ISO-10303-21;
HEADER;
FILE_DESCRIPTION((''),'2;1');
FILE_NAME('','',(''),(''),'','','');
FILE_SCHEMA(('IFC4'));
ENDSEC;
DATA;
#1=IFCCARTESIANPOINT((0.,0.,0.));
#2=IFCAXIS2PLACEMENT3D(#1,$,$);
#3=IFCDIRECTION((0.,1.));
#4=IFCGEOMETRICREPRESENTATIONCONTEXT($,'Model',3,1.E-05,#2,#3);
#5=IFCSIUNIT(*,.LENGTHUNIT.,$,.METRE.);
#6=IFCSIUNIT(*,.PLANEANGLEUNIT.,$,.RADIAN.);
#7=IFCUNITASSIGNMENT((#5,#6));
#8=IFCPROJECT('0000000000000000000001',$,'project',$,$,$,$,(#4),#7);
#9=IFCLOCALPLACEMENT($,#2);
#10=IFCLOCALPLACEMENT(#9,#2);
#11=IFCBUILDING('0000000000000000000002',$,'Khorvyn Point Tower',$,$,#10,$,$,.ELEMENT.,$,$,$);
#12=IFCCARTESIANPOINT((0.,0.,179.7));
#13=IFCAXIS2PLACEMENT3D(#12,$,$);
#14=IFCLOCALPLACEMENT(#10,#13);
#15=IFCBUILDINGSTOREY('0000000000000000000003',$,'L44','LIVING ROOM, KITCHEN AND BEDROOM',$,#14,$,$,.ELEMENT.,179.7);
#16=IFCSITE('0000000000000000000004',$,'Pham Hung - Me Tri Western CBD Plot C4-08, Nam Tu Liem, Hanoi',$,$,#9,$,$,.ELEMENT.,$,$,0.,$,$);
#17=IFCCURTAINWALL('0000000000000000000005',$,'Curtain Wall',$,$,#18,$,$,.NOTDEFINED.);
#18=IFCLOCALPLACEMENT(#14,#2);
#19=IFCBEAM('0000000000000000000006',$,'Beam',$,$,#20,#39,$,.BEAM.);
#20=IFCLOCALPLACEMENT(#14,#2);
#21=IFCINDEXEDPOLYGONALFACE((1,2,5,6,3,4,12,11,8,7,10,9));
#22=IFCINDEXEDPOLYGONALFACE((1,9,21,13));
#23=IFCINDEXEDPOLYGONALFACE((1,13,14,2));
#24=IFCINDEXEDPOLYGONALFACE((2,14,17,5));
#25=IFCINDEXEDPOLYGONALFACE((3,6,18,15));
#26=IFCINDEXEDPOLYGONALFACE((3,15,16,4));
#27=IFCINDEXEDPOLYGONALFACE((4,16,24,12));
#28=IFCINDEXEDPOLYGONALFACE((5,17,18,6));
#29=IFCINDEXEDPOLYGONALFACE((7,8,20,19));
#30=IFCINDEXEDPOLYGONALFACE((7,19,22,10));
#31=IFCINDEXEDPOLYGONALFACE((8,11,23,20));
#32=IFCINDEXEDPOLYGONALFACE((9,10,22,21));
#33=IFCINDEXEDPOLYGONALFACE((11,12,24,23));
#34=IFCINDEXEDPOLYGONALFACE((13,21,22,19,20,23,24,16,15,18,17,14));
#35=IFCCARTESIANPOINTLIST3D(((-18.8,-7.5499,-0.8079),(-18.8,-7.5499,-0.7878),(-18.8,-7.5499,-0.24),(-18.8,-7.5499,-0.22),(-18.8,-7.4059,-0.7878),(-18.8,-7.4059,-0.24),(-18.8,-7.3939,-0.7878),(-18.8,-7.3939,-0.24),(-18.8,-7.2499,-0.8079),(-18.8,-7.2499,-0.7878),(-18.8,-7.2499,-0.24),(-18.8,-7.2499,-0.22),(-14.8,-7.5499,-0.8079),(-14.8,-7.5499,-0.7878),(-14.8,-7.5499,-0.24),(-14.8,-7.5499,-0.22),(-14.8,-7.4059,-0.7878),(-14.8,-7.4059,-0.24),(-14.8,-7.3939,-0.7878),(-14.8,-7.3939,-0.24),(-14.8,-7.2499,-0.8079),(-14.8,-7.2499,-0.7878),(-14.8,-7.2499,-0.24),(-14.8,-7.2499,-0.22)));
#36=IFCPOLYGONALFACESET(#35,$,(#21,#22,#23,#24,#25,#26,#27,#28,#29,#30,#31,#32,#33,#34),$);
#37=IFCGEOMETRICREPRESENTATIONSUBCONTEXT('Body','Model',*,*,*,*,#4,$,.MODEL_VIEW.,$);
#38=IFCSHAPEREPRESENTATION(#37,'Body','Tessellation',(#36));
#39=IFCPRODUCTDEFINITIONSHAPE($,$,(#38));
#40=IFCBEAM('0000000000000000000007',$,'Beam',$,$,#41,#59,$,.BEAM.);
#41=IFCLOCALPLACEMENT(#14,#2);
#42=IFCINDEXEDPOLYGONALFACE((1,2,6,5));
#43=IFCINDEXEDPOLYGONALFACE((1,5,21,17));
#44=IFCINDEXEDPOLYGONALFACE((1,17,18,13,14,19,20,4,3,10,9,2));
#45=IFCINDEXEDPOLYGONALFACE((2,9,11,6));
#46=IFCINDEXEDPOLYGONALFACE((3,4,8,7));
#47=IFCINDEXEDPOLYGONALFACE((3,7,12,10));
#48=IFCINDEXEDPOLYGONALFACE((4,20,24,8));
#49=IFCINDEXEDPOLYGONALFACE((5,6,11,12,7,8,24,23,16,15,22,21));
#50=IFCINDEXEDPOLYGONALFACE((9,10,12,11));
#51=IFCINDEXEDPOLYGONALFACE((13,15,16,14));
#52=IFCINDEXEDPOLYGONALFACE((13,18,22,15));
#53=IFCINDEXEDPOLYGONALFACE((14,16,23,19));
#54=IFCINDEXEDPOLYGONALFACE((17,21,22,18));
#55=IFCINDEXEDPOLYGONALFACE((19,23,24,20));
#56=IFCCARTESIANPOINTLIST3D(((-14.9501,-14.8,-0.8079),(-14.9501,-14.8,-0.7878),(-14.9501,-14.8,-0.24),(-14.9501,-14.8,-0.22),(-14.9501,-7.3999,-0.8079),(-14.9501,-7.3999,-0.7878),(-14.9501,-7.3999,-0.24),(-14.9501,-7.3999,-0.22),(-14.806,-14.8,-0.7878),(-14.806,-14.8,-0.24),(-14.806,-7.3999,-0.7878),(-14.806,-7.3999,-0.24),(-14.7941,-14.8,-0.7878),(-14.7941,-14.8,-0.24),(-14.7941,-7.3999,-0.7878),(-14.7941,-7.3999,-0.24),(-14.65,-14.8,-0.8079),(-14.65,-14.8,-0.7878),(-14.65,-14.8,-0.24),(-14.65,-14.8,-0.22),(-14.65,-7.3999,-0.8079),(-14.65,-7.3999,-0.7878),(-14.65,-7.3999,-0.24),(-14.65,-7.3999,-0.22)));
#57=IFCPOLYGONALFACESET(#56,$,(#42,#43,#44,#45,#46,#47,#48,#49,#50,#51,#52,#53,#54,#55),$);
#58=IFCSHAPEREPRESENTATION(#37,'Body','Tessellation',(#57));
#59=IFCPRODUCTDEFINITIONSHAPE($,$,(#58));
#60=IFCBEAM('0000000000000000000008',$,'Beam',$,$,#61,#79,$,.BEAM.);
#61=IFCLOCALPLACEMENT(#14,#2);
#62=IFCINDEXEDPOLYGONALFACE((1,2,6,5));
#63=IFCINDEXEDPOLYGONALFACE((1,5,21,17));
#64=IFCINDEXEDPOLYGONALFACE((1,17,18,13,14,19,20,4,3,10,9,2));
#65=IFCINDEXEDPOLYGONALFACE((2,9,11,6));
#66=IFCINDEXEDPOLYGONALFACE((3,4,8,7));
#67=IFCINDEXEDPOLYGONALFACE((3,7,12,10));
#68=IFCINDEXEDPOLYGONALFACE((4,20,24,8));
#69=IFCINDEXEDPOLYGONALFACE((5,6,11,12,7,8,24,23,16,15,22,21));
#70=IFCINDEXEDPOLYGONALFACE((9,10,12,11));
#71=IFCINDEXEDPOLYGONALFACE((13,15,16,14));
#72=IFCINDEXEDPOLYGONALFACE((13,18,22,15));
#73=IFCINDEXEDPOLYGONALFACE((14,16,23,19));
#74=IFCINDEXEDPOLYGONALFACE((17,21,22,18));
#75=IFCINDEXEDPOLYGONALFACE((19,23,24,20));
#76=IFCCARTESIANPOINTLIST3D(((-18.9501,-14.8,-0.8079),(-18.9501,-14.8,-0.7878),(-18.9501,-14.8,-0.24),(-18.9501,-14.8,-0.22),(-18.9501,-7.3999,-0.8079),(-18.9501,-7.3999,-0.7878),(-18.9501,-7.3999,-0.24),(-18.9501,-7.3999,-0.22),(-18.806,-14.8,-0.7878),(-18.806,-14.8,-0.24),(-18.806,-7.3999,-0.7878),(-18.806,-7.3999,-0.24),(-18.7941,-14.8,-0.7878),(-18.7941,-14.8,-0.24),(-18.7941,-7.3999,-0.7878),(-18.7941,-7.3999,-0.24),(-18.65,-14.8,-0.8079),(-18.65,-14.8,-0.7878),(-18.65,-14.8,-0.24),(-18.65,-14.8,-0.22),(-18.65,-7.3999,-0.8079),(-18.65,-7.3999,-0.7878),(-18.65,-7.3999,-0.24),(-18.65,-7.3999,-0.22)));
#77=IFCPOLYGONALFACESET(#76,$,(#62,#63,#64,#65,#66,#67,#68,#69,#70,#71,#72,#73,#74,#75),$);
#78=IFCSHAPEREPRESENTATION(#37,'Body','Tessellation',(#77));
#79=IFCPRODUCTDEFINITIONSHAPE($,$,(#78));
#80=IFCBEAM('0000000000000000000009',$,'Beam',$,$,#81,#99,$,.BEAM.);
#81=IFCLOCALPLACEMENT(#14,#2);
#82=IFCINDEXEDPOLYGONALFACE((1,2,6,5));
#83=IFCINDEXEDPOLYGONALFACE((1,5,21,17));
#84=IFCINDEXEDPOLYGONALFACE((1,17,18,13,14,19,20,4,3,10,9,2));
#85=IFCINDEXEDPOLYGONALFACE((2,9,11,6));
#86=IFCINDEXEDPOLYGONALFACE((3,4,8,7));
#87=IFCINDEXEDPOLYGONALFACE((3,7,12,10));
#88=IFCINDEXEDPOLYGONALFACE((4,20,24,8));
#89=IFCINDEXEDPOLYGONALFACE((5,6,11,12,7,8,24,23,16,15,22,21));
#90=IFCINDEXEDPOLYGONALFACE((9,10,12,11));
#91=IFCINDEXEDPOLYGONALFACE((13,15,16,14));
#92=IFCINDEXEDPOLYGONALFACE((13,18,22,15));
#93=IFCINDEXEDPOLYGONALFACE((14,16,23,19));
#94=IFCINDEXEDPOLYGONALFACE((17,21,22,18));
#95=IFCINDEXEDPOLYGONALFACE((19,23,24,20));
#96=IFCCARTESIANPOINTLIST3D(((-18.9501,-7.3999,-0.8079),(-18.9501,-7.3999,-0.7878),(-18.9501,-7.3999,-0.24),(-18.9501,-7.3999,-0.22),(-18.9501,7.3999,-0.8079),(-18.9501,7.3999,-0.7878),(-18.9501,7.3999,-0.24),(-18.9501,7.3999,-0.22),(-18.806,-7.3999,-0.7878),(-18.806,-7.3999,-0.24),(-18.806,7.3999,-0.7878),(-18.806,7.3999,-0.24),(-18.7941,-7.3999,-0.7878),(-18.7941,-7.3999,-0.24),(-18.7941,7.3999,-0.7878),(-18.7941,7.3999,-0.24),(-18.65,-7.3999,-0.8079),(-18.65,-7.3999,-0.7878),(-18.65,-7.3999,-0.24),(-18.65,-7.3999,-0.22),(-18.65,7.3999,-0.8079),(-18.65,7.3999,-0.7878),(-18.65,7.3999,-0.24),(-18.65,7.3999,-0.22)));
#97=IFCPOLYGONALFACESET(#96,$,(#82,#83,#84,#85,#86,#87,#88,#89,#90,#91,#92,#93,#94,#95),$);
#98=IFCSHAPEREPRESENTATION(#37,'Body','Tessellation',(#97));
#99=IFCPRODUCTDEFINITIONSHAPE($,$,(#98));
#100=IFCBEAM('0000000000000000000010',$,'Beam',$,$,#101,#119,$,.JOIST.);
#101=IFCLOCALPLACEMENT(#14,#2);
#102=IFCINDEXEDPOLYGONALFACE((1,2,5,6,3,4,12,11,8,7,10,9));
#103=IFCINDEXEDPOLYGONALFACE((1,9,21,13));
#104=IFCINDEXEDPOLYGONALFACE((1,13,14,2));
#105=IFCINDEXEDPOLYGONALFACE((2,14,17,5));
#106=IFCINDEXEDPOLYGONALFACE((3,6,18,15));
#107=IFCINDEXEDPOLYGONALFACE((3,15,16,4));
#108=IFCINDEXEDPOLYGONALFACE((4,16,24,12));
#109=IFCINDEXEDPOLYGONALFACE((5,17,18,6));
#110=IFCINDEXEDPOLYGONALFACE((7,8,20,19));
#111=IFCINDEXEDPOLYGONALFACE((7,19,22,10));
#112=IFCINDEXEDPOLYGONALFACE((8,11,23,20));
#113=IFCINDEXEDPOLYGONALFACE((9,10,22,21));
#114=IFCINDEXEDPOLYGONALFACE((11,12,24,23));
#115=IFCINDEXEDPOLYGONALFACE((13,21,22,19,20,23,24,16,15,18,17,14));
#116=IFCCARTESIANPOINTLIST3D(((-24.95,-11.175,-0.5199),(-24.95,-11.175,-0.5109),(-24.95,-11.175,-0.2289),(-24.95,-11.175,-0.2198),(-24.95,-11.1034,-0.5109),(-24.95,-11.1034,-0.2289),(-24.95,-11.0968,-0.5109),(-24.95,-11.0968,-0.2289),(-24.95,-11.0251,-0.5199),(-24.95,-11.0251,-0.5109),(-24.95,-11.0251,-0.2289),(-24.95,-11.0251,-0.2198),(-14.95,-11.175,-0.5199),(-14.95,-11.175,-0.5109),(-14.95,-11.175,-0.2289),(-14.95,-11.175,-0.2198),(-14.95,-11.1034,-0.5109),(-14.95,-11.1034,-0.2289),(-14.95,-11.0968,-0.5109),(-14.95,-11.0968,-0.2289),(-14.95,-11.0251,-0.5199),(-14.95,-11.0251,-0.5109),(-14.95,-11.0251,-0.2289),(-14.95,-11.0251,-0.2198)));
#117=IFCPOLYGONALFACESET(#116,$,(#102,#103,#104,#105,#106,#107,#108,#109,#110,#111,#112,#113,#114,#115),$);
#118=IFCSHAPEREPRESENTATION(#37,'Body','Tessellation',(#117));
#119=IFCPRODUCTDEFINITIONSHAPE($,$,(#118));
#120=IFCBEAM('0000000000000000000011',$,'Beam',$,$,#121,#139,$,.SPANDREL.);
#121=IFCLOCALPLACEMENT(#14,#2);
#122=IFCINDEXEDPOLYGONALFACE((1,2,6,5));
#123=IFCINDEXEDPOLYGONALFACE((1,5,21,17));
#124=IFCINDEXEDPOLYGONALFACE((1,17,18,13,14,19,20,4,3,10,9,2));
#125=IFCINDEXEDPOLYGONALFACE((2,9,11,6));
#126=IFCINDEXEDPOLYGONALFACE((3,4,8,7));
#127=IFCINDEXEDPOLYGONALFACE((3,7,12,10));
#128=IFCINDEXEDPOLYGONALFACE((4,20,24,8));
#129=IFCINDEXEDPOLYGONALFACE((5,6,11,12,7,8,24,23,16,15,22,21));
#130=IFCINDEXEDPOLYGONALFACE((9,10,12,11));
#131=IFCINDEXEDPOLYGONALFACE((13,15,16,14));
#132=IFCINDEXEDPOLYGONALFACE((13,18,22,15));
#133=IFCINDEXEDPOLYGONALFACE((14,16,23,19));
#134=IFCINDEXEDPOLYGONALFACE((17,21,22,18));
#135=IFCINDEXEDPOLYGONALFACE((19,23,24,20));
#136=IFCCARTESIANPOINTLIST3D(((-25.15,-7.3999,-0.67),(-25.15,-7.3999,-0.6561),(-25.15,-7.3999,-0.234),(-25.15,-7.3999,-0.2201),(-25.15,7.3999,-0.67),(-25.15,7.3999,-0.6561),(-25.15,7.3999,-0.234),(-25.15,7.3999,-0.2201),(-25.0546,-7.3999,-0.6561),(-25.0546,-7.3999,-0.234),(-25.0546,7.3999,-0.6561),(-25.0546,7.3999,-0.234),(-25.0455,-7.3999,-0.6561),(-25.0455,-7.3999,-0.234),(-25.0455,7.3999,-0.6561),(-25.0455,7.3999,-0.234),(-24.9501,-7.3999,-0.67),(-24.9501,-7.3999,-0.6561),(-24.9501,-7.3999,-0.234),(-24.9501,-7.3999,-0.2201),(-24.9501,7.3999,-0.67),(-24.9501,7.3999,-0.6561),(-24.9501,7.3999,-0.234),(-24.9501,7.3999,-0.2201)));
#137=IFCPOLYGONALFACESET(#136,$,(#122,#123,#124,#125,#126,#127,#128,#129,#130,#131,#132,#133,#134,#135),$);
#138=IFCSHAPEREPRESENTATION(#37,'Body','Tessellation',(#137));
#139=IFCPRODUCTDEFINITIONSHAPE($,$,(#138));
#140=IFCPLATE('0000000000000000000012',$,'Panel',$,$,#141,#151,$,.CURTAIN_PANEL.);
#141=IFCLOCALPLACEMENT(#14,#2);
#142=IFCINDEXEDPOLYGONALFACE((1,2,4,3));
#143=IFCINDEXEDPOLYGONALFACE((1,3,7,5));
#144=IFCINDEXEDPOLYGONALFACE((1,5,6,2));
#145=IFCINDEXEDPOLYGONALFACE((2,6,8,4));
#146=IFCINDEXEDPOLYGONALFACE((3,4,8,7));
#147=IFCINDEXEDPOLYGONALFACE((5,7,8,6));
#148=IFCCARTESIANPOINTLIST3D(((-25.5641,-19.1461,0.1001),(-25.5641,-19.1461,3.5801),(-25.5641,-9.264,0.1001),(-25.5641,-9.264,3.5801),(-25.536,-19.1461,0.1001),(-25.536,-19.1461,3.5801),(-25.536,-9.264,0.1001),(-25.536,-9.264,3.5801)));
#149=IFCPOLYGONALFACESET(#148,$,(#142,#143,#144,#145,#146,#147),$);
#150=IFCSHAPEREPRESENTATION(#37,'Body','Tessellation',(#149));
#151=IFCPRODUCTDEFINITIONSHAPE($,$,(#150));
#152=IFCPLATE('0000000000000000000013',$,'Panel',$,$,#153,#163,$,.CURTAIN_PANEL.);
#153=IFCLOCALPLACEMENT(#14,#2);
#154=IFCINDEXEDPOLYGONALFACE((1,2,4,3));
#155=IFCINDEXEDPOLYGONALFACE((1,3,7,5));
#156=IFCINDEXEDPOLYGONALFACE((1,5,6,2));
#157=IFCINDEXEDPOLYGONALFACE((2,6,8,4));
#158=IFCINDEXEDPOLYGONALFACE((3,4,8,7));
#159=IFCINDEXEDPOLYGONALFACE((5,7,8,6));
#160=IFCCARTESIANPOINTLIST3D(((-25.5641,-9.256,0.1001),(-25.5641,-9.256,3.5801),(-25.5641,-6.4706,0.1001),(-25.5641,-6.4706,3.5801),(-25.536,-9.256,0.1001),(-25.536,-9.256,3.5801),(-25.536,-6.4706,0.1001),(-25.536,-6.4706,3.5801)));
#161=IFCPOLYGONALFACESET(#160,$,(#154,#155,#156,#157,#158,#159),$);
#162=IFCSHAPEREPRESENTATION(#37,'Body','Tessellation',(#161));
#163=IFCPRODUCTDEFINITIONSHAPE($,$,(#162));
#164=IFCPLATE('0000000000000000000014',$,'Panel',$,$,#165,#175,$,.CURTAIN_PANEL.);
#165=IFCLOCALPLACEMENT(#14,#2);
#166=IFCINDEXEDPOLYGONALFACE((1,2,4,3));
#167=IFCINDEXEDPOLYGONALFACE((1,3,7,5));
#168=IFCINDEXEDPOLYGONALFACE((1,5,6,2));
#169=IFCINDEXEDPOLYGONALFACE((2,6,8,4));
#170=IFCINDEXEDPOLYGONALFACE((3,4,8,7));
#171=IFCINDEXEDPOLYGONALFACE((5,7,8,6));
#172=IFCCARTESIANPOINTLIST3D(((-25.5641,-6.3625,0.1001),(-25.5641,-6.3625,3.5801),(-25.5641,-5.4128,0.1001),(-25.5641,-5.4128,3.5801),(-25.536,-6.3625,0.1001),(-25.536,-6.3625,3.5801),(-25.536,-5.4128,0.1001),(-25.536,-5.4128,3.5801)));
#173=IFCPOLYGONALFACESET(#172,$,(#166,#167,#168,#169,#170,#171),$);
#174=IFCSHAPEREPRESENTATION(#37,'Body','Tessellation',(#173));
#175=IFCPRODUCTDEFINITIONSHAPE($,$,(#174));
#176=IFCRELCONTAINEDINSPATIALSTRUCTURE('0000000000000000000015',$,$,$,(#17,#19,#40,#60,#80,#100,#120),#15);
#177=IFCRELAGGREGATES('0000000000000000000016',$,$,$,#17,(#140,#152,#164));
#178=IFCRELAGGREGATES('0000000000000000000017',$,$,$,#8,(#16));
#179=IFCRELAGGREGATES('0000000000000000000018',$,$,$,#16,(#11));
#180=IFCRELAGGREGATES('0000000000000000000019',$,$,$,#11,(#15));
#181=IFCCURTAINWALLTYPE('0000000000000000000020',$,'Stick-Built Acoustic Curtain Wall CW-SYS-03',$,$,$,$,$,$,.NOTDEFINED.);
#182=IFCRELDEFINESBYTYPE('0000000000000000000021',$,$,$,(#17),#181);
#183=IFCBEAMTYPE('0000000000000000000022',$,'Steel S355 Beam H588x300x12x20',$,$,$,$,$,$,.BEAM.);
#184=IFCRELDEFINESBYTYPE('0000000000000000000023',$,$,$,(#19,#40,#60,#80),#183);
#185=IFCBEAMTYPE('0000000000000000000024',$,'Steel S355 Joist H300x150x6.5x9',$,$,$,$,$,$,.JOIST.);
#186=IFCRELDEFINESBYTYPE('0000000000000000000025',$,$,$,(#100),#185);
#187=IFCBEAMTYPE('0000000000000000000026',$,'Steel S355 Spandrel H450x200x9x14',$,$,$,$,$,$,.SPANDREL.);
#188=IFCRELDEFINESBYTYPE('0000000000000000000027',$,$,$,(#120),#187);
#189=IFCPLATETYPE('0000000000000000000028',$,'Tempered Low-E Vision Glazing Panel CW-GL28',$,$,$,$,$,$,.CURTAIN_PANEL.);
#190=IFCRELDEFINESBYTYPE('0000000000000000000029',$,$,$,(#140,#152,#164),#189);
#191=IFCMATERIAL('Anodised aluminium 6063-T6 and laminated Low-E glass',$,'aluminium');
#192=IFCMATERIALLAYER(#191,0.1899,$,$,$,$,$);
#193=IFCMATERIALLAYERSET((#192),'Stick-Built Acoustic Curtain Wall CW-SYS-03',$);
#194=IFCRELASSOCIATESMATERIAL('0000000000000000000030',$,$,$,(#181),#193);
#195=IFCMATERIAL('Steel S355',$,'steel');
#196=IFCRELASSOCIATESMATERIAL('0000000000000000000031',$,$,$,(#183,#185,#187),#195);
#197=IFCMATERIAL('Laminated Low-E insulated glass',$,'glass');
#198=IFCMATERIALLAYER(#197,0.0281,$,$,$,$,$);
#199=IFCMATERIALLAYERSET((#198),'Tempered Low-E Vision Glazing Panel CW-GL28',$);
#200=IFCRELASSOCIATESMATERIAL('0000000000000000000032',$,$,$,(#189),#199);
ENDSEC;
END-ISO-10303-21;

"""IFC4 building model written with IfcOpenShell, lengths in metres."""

from ifc_helpers import new_model, si_unit, direction, frame, origin, origin_2d, place, context, subcontext, project, spatial, rectangle, i_section, extrude, material, layer, layer_set, material_profile, profile_set, type_object, element, aggregate, save


model = new_model("IFC4")

# Units and contexts
model_context = context("Model", 3, precision=1e-05, world=origin(), true_north=direction((0.0, 1.0)))
body_context = subcontext(model_context, "Body", "Model", "MODEL_VIEW")
ifc_project = project(units=[si_unit("LENGTHUNIT", "METRE"), si_unit("PLANEANGLEUNIT", "RADIAN")], contexts=[model_context])

# Site, building, storey
site_placement = place(None, origin())
site = spatial("IfcSite", under=ifc_project, at=site_placement, Name="Pham Hung - Me Tri Western CBD Plot C4-08, Nam Tu Liem, Hanoi", CompositionType="ELEMENT", RefElevation=0.0)
building_placement = place(site_placement, origin())
building = spatial("IfcBuilding", under=site, at=building_placement, Name="Khorvyn Point Tower", CompositionType="ELEMENT")
storey_placement = place(building_placement, frame((0.0, 0.0, 179.7)))
storey = spatial("IfcBuildingStorey", under=building, at=storey_placement, Name="L44", Description="LIVING ROOM, KITCHEN AND BEDROOM", CompositionType="ELEMENT", Elevation=179.7)

# Curtain wall
ifc_material_1 = material(Name="Anodised aluminium 6063-T6 and laminated Low-E glass", Category="aluminium")
ifc_layer_1 = layer(ifc_material_1, 0.1899)
ifc_layer_set_1 = layer_set([ifc_layer_1], Name="Stick-Built Acoustic Curtain Wall CW-SYS-03")
curtain_wall_type = type_object("IfcCurtainWallType", Name="Stick-Built Acoustic Curtain Wall CW-SYS-03", PredefinedType="NOTDEFINED", material=ifc_layer_set_1)
curtain_wall_placement = place(storey_placement, origin())
curtain_wall = element("IfcCurtainWall", 1, at=curtain_wall_placement, inside=storey, type_object=curtain_wall_type, Name="Curtain Wall", PredefinedType="NOTDEFINED")

# Beams
ifc_material_2 = material(Name="Steel S355", Category="steel")
ifc_material_profile_1 = material_profile(ifc_material_2, i_section(OverallWidth=0.3, OverallDepth=0.5879, WebThickness=0.012, FlangeThickness=0.02, at=origin_2d()))
ifc_profile_set_1 = profile_set([ifc_material_profile_1], Name="Steel S355 H588x300x12x20")
beam_type_1 = type_object("IfcBeamType", Name="Steel S355 Beam H588x300x12x20", PredefinedType="BEAM", material=ifc_profile_set_1)
beam_1_placement = place(storey_placement, frame((-18.8, -7.3999, -0.5139), z_axis=(1.0, 0.0, 0.0), x_axis=(0.0, 1.0, 0.0)))
element("IfcBeam", 2, at=beam_1_placement, inside=storey, type_object=beam_type_1, Name="Beam", PredefinedType="BEAM", context=body_context, shape_type="SweptSolid", body=[
    extrude(i_section(OverallWidth=0.3, OverallDepth=0.5879, WebThickness=0.012, FlangeThickness=0.02, at=origin_2d()), origin(), (0.0, 0.0, 1.0), 4.0),
])
for number, where, z_axis, x_axis, name in (
    (3, (-14.8, -14.8, -0.5139), (0.0, 1.0, 0.0), (-1.0, 0.0, 0.0), "Beam"),
    (4, (-18.8, -14.8, -0.5139), (0.0, 1.0, 0.0), (-1.0, 0.0, 0.0), "Beam"),
):
    element("IfcBeam", number, at=place(storey_placement, frame(where, z_axis=z_axis, x_axis=x_axis)), inside=storey, type_object=beam_type_1, Name=name, PredefinedType="BEAM", context=body_context, shape_type="SweptSolid", body=[
        extrude(i_section(OverallWidth=0.3, OverallDepth=0.5879, WebThickness=0.012, FlangeThickness=0.02, at=origin_2d()), origin(), (0.0, 0.0, 1.0), 7.4001),
    ])
beam_2_placement = place(storey_placement, frame((-18.8, -7.3999, -0.5139), z_axis=(0.0, 1.0, 0.0), x_axis=(-1.0, 0.0, 0.0)))
element("IfcBeam", 5, at=beam_2_placement, inside=storey, type_object=beam_type_1, Name="Beam", PredefinedType="BEAM", context=body_context, shape_type="SweptSolid", body=[
    extrude(i_section(OverallWidth=0.3, OverallDepth=0.5879, WebThickness=0.012, FlangeThickness=0.02, at=origin_2d()), origin(), (0.0, 0.0, 1.0), 14.7998),
])
ifc_material_profile_2 = material_profile(ifc_material_2, i_section(OverallWidth=0.1499, OverallDepth=0.3, WebThickness=0.0066, FlangeThickness=0.009, at=origin_2d()))
ifc_profile_set_2 = profile_set([ifc_material_profile_2], Name="Steel S355 H300x150x6.5x9")
beam_type_2 = type_object("IfcBeamType", Name="Steel S355 Joist H300x150x6.5x9", PredefinedType="JOIST", material=ifc_profile_set_2)
beam_3_placement = place(storey_placement, frame((-24.95, -11.1001, -0.3699), z_axis=(1.0, 0.0, 0.0), x_axis=(0.0, 1.0, 0.0)))
element("IfcBeam", 6, at=beam_3_placement, inside=storey, type_object=beam_type_2, Name="Beam", PredefinedType="JOIST", context=body_context, shape_type="SweptSolid", body=[
    extrude(i_section(OverallWidth=0.1499, OverallDepth=0.3, WebThickness=0.0066, FlangeThickness=0.009, at=origin_2d()), origin(), (0.0, 0.0, 1.0), 10.0),
])
ifc_material_profile_3 = material_profile(ifc_material_2, i_section(OverallWidth=0.2, OverallDepth=0.45, WebThickness=0.009, FlangeThickness=0.0139, at=origin_2d()))
ifc_profile_set_3 = profile_set([ifc_material_profile_3], Name="Steel S355 H450x200x9x14")
beam_type_3 = type_object("IfcBeamType", Name="Steel S355 Spandrel H450x200x9x14", PredefinedType="SPANDREL", material=ifc_profile_set_3)
beam_4_placement = place(storey_placement, frame((-25.05, -7.3999, -0.4451), z_axis=(0.0, 1.0, 0.0), x_axis=(-1.0, 0.0, 0.0)))
element("IfcBeam", 7, at=beam_4_placement, inside=storey, type_object=beam_type_3, Name="Beam", PredefinedType="SPANDREL", context=body_context, shape_type="SweptSolid", body=[
    extrude(i_section(OverallWidth=0.2, OverallDepth=0.45, WebThickness=0.009, FlangeThickness=0.0139, at=origin_2d()), origin(), (0.0, 0.0, 1.0), 14.7998),
])

# Plates
ifc_material_3 = material(Name="Laminated Low-E insulated glass", Category="glass")
ifc_layer_2 = layer(ifc_material_3, 0.0281)
ifc_layer_set_2 = layer_set([ifc_layer_2], Name="Tempered Low-E Vision Glazing Panel CW-GL28")
plate_type = type_object("IfcPlateType", Name="Tempered Low-E Vision Glazing Panel CW-GL28", PredefinedType="CURTAIN_PANEL", material=ifc_layer_set_2)
plate_1_placement = place(storey_placement, frame((-25.55, -14.2051, 0.1001), z_axis=(0.0, 0.0, 1.0), x_axis=(0.0, 1.0, 0.0)))
plate_1 = element("IfcPlate", 8, at=plate_1_placement, type_object=plate_type, Name="Panel", PredefinedType="CURTAIN_PANEL", context=body_context, shape_type="SweptSolid", body=[
    extrude(rectangle(XDim=9.8821, YDim=0.0281, at=origin_2d()), origin(), (0.0, 0.0, 1.0), 3.48),
])
plate_2_placement = place(storey_placement, frame((-25.55, -7.8633, 0.1001), z_axis=(0.0, 0.0, 1.0), x_axis=(0.0, 1.0, 0.0)))
plate_2 = element("IfcPlate", 9, at=plate_2_placement, type_object=plate_type, Name="Panel", PredefinedType="CURTAIN_PANEL", context=body_context, shape_type="SweptSolid", body=[
    extrude(rectangle(XDim=2.7854, YDim=0.0281, at=origin_2d()), origin(), (0.0, 0.0, 1.0), 3.48),
])
plate_3_placement = place(storey_placement, frame((-25.55, -5.8877, 0.1001), z_axis=(0.0, 0.0, 1.0), x_axis=(0.0, 1.0, 0.0)))
plate_3 = element("IfcPlate", 10, at=plate_3_placement, type_object=plate_type, Name="Panel", PredefinedType="CURTAIN_PANEL", context=body_context, shape_type="SweptSolid", body=[
    extrude(rectangle(XDim=0.9497, YDim=0.0281, at=origin_2d()), origin(), (0.0, 0.0, 1.0), 3.48),
])
aggregate(curtain_wall, [plate_1, plate_2, plate_3])

save(model, "model.ifc")
